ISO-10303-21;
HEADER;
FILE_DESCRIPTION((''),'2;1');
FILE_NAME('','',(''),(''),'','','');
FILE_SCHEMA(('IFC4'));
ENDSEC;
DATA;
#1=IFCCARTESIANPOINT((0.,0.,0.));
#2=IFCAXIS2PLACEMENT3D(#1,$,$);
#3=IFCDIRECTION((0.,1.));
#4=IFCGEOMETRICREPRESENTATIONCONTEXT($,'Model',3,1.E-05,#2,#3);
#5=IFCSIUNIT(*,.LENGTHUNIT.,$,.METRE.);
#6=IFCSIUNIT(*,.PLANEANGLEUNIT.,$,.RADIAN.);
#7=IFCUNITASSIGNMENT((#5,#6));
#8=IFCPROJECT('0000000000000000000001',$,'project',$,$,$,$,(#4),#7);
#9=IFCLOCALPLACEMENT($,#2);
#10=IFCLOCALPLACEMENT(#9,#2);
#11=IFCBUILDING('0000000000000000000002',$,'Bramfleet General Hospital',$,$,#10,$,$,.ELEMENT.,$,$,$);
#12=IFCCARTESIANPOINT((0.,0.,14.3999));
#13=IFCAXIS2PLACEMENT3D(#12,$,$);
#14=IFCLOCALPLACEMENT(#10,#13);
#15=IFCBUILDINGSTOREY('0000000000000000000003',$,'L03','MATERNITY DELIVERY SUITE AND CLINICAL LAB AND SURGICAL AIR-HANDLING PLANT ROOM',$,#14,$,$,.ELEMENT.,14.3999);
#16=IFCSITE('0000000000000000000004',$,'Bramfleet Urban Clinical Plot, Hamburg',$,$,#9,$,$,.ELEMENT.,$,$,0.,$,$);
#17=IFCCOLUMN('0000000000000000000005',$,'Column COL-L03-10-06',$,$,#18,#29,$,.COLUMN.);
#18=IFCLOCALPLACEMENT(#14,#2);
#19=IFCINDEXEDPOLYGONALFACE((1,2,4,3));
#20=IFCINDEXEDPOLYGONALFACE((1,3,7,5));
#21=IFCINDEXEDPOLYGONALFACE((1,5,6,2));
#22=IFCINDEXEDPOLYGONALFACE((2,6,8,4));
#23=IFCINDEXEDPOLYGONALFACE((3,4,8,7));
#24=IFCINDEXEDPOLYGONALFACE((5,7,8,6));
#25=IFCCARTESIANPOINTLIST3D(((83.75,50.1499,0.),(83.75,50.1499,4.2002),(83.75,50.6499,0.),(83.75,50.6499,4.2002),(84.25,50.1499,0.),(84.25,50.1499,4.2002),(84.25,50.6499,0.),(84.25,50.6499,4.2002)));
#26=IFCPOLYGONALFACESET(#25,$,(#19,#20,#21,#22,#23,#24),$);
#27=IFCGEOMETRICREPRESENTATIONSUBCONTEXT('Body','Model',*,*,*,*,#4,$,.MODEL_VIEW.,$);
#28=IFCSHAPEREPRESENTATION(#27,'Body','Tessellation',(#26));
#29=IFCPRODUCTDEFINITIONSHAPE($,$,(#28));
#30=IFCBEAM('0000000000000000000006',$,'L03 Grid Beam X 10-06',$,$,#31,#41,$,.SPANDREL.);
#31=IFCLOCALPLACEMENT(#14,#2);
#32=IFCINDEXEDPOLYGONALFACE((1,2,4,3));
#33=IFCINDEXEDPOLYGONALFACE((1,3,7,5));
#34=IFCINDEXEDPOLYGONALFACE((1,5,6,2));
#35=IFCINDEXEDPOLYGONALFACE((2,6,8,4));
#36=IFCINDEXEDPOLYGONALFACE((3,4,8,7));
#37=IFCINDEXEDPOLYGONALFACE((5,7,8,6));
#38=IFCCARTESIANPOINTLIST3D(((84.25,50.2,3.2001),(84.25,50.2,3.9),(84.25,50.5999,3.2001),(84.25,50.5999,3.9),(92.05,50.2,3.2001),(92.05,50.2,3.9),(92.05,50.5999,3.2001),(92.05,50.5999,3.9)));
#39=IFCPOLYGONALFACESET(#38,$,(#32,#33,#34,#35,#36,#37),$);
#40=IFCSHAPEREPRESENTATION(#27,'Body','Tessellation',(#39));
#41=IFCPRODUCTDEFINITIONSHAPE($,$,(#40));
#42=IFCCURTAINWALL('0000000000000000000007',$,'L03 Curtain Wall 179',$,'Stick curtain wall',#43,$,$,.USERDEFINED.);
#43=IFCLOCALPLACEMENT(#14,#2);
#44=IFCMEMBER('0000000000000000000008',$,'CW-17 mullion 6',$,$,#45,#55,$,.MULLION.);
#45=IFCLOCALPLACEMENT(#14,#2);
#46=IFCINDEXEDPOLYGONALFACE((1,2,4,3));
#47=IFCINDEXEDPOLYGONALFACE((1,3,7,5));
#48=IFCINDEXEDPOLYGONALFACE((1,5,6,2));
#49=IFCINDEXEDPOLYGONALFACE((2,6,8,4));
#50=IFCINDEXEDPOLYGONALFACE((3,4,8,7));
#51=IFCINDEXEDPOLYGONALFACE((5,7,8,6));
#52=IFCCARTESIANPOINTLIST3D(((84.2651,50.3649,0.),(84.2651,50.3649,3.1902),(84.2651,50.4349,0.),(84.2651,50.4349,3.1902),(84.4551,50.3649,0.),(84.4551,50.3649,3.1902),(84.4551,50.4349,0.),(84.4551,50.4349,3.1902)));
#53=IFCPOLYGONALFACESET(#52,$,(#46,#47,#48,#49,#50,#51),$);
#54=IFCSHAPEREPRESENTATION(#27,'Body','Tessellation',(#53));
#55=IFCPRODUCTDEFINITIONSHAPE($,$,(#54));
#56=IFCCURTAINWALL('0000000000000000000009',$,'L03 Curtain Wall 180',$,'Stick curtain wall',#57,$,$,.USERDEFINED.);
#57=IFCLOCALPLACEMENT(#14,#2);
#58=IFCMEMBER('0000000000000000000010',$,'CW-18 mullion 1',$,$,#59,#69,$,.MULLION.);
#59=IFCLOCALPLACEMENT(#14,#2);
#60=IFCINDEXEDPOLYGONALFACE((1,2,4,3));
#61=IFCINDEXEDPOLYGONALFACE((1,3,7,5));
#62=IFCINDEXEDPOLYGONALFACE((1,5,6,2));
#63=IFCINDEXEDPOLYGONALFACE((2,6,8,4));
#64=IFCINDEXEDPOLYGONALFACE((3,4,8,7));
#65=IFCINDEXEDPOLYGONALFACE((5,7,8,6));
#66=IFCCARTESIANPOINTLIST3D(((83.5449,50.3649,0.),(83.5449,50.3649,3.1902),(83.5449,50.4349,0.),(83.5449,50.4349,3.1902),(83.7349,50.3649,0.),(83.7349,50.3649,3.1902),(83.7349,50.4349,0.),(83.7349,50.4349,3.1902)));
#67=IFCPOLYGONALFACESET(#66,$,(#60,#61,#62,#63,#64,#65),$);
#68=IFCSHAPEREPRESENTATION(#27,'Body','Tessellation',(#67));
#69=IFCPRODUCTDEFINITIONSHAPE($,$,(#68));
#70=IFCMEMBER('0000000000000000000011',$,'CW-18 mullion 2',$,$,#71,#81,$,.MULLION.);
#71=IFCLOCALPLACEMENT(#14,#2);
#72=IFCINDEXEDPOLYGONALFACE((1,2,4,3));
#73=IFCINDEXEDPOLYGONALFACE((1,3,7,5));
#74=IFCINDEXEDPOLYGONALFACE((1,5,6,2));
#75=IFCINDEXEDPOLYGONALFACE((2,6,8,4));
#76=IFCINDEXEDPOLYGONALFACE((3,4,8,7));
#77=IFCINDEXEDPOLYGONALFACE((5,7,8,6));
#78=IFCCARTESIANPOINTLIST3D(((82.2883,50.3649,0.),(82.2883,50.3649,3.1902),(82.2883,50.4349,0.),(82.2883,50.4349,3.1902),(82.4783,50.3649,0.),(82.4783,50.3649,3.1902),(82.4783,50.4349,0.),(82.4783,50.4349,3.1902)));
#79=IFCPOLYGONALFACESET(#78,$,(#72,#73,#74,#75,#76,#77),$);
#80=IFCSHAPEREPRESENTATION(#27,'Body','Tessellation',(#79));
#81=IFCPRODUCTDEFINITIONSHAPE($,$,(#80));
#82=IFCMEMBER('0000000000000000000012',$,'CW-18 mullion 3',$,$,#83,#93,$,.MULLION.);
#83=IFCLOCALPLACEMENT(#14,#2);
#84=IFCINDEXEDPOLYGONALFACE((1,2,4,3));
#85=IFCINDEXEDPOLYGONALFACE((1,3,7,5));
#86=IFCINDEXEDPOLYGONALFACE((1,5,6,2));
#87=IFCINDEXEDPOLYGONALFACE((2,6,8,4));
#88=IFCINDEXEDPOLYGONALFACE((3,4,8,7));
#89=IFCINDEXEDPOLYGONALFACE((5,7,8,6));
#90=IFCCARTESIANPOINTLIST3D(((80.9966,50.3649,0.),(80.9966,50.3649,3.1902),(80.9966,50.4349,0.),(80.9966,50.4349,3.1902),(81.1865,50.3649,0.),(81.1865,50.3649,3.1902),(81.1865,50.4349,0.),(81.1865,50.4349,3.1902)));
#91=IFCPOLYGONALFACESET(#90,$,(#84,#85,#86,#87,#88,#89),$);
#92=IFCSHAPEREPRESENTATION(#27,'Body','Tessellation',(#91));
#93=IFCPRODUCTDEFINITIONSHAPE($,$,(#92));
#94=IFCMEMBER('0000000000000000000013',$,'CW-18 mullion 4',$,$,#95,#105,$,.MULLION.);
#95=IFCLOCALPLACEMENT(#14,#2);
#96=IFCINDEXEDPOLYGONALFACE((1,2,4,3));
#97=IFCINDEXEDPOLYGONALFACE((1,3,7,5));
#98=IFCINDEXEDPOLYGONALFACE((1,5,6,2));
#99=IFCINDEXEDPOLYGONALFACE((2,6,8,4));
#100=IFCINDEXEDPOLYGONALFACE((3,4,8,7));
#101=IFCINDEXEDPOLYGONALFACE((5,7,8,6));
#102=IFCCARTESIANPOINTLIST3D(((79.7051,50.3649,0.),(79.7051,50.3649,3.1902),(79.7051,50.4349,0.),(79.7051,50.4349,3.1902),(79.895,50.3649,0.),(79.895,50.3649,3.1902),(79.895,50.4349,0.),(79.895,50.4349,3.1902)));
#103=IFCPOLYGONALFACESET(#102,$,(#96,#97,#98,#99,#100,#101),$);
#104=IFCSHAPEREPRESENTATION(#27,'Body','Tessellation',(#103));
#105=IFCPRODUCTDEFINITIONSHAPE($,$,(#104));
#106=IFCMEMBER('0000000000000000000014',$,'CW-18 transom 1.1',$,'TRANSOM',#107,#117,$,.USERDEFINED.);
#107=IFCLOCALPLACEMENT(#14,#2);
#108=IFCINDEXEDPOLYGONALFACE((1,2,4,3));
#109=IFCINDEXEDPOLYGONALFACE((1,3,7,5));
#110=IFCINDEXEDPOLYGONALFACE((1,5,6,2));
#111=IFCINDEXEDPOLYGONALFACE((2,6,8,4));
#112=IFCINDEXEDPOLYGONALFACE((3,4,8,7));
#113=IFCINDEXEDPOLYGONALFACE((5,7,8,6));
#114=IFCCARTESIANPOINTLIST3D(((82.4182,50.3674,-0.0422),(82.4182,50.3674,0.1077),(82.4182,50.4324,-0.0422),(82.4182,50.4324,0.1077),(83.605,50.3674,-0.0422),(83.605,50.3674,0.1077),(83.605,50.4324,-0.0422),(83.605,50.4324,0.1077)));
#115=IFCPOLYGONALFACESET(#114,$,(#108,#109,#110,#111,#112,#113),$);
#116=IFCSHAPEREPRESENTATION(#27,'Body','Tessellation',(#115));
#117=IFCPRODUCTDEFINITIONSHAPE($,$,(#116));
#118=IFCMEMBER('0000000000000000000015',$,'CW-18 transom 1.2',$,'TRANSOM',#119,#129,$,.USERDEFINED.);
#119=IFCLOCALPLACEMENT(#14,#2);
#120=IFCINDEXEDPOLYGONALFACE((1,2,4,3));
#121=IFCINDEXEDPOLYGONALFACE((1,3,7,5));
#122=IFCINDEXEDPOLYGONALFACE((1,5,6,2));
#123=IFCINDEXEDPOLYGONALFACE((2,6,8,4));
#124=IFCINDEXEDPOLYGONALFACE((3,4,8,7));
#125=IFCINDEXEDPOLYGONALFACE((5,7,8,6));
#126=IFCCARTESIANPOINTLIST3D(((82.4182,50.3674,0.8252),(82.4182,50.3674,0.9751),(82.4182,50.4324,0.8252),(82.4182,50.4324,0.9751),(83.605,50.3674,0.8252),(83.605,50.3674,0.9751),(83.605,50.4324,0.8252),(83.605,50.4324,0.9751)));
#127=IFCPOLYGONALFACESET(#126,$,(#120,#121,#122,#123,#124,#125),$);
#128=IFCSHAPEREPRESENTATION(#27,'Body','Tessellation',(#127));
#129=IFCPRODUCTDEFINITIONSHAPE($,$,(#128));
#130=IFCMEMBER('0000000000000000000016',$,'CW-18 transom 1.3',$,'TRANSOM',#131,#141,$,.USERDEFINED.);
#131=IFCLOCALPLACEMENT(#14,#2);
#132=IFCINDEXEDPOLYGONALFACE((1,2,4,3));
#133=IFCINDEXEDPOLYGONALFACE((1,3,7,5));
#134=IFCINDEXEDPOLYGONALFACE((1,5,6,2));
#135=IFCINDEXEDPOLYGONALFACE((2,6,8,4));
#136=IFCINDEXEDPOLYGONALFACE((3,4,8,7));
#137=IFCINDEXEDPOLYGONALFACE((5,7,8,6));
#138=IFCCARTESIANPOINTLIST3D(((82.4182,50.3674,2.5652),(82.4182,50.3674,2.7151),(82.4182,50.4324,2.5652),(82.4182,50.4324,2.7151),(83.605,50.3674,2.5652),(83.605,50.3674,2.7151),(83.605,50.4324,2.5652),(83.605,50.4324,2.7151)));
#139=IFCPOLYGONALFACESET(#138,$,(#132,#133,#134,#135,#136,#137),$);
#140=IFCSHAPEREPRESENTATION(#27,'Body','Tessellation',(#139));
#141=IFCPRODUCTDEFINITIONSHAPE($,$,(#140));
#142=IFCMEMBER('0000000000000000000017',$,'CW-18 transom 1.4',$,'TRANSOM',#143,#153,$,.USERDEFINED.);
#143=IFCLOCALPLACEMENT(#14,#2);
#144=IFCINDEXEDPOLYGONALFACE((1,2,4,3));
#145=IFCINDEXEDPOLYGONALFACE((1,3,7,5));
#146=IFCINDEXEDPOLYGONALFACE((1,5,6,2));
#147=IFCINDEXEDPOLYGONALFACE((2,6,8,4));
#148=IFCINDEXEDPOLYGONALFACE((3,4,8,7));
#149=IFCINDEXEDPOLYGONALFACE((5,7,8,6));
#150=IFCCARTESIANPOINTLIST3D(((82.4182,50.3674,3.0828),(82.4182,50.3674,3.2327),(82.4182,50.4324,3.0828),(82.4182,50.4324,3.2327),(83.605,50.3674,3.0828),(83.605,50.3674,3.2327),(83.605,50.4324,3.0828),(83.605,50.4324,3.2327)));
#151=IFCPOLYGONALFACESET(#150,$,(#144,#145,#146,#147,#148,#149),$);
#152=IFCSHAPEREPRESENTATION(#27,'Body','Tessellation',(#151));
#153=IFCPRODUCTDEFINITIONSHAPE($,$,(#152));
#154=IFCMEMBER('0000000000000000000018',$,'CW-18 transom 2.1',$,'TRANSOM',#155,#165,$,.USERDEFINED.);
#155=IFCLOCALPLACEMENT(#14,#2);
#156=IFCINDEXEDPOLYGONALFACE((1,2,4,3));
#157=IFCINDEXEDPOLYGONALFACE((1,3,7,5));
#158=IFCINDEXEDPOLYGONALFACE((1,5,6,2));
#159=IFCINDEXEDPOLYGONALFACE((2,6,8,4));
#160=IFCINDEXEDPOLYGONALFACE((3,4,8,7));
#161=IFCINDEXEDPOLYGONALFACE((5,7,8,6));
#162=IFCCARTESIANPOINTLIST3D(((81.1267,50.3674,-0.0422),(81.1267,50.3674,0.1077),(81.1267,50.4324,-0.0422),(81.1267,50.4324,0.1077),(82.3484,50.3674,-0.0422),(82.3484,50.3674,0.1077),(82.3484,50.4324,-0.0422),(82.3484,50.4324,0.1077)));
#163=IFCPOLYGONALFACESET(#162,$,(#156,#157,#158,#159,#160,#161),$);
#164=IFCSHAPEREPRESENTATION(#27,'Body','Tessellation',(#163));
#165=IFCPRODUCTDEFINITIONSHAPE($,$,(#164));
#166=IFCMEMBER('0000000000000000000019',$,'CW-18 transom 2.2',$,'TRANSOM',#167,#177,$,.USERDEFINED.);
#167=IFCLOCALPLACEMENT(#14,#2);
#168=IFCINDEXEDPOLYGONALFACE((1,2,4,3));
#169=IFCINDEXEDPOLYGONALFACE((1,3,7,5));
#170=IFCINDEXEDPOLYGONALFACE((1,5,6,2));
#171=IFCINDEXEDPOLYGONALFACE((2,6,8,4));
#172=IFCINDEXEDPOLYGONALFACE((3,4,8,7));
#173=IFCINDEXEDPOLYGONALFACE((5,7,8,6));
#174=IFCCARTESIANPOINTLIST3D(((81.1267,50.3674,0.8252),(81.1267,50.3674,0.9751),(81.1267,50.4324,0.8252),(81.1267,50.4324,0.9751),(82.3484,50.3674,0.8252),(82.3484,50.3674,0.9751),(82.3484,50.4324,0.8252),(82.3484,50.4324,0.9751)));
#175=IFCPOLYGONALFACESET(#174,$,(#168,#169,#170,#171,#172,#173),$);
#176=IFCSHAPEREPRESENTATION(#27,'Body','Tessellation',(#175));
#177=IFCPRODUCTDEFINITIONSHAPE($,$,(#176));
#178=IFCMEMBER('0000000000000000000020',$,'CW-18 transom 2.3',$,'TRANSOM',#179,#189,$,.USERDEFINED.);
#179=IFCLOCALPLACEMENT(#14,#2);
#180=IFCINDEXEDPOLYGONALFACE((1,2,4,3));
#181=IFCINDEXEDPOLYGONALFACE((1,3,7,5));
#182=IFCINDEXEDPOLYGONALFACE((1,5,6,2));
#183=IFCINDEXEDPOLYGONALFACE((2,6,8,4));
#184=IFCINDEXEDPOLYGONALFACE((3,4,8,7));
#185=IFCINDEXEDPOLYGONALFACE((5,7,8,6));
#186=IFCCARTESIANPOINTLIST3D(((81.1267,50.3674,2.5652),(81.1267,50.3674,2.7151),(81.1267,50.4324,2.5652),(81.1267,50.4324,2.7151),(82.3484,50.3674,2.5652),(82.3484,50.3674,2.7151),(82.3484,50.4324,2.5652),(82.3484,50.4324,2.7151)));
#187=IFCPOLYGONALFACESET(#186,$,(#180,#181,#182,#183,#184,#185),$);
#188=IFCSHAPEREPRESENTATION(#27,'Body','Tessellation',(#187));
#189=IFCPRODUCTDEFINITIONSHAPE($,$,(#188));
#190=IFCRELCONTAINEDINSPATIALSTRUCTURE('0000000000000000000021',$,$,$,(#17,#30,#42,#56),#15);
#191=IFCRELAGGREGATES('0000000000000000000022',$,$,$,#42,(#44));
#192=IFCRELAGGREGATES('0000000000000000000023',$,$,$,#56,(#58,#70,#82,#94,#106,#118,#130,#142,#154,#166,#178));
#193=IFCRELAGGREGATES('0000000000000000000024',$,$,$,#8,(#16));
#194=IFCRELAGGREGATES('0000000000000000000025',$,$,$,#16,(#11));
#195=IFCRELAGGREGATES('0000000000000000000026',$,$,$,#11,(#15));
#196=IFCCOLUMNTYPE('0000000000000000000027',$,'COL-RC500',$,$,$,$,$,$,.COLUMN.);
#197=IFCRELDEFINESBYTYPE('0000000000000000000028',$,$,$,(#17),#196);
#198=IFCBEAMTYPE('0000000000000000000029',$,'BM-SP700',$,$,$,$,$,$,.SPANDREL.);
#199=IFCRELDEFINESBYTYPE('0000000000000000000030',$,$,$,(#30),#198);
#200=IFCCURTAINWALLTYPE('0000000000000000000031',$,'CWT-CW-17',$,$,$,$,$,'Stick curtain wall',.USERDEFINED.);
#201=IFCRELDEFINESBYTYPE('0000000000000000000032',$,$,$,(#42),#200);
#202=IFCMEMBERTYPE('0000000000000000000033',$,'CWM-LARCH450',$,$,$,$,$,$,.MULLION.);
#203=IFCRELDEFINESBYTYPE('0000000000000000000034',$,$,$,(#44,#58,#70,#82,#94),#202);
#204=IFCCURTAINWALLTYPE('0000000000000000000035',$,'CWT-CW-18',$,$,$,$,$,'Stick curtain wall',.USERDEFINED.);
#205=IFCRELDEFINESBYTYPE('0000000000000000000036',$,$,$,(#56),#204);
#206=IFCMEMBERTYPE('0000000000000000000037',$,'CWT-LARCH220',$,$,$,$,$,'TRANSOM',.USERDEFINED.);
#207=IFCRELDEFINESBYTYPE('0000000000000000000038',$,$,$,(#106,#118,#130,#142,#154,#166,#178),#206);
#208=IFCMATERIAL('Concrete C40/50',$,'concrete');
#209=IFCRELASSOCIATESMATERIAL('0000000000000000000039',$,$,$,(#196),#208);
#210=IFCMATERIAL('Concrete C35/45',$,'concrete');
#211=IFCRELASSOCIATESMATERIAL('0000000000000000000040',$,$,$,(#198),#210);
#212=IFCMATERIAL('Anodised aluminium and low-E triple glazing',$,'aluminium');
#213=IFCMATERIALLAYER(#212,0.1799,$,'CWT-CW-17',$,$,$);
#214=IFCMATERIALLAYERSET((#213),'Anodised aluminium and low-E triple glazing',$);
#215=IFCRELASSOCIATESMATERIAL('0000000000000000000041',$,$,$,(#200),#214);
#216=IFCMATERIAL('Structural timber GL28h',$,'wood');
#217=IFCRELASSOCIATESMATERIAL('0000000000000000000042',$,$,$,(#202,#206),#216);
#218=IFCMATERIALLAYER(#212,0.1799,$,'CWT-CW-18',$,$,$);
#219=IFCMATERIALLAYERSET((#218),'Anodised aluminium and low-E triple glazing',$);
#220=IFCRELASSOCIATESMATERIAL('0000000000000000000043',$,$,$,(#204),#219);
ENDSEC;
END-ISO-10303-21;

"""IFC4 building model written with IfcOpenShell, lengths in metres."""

from ifc_helpers import new_model, si_unit, direction, frame, origin, origin_2d, place, context, subcontext, project, spatial, rectangle, extrude, material, layer, layer_set, material_profile, profile_set, type_object, element, aggregate, save


model = new_model("IFC4")

# Units and contexts
model_context = context("Model", 3, precision=1e-05, world=origin(), true_north=direction((0.0, 1.0)))
body_context = subcontext(model_context, "Body", "Model", "MODEL_VIEW")
ifc_project = project(units=[si_unit("LENGTHUNIT", "METRE"), si_unit("PLANEANGLEUNIT", "RADIAN")], contexts=[model_context])

# Site, building, storey
site_placement = place(None, origin())
site = spatial("IfcSite", under=ifc_project, at=site_placement, Name="Bramfleet Urban Clinical Plot, Hamburg", CompositionType="ELEMENT", RefElevation=0.0)
building_placement = place(site_placement, origin())
building = spatial("IfcBuilding", under=site, at=building_placement, Name="Bramfleet General Hospital", CompositionType="ELEMENT")
storey_placement = place(building_placement, frame((0.0, 0.0, 14.3999)))
storey = spatial("IfcBuildingStorey", under=building, at=storey_placement, Name="L03", Description="MATERNITY DELIVERY SUITE AND CLINICAL LAB AND SURGICAL AIR-HANDLING PLANT ROOM", CompositionType="ELEMENT", Elevation=14.3999)

# Column
ifc_material_1 = material(Name="Concrete C40/50", Category="concrete")
ifc_material_profile_1 = material_profile(ifc_material_1, rectangle(XDim=0.5, YDim=0.5, at=origin_2d()), Name="RC COL 500x500")
ifc_profile_set_1 = profile_set([ifc_material_profile_1], Name="Concrete C40/50")
column_type = type_object("IfcColumnType", Name="COL-RC500", PredefinedType="COLUMN", material=ifc_profile_set_1)
column_placement = place(storey_placement, frame((84.0, 50.3999, 0.0), z_axis=(0.0, 0.0, 1.0), x_axis=(1.0, 0.0, 0.0)))
element("IfcColumn", 1, at=column_placement, inside=storey, type_object=column_type, Name="Column COL-L03-10-06", PredefinedType="COLUMN", context=body_context, shape_type="SweptSolid", body=[
    extrude(rectangle(XDim=0.5, YDim=0.5, at=origin_2d()), origin(), (0.0, 0.0, 1.0), 4.2002),
])

# Beam
ifc_material_2 = material(Name="Concrete C35/45", Category="concrete")
ifc_material_profile_2 = material_profile(ifc_material_2, rectangle(XDim=0.3999, YDim=0.7, at=origin_2d()), Name="RC SP 700x400")
ifc_profile_set_2 = profile_set([ifc_material_profile_2], Name="Concrete C35/45")
beam_type = type_object("IfcBeamType", Name="BM-SP700", PredefinedType="SPANDREL", material=ifc_profile_set_2)
beam_placement = place(storey_placement, frame((84.25, 50.3999, 3.55), z_axis=(1.0, 0.0, 0.0), x_axis=(0.0, 1.0, 0.0)))
element("IfcBeam", 2, at=beam_placement, inside=storey, type_object=beam_type, Name="L03 Grid Beam X 10-06", PredefinedType="SPANDREL", context=body_context, shape_type="SweptSolid", body=[
    extrude(rectangle(XDim=0.3999, YDim=0.7, at=origin_2d()), origin(), (0.0, 0.0, 1.0), 7.8),
])

# Curtain wall, member
ifc_material_3 = material(Name="Anodised aluminium and low-E triple glazing", Category="aluminium")
ifc_layer_1 = layer(ifc_material_3, 0.1799, Name="CWT-CW-17")
ifc_layer_set_1 = layer_set([ifc_layer_1], Name="Anodised aluminium and low-E triple glazing")
curtain_wall_type_1 = type_object("IfcCurtainWallType", Name="CWT-CW-17", ElementType="Stick curtain wall", PredefinedType="USERDEFINED", material=ifc_layer_set_1)
curtain_wall_1_placement = place(storey_placement, origin())
curtain_wall_1 = element("IfcCurtainWall", 3, at=curtain_wall_1_placement, inside=storey, type_object=curtain_wall_type_1, Name="L03 Curtain Wall 179", ObjectType="Stick curtain wall", PredefinedType="USERDEFINED")
ifc_material_4 = material(Name="Structural timber GL28h", Category="wood")
ifc_material_profile_3 = material_profile(ifc_material_4, rectangle(XDim=0.0701, YDim=0.1899, at=origin_2d()), Name="LARCH 190x70")
ifc_profile_set_3 = profile_set([ifc_material_profile_3], Name="Structural timber GL28h")
member_type_1 = type_object("IfcMemberType", Name="CWM-LARCH450", PredefinedType="MULLION", material=ifc_profile_set_3)
member_1_placement = place(storey_placement, frame((84.3601, 50.3999, 0.0), z_axis=(0.0, 0.0, 1.0), x_axis=(0.0, -1.0, 0.0)))
member_1 = element("IfcMember", 4, at=member_1_placement, type_object=member_type_1, Name="CW-17 mullion 6", PredefinedType="MULLION", context=body_context, shape_type="SweptSolid", body=[
    extrude(rectangle(XDim=0.0701, YDim=0.1899, at=origin_2d()), origin(), (0.0, 0.0, 1.0), 3.1902),
])

# Curtain wall, members
ifc_layer_2 = layer(ifc_material_3, 0.1799, Name="CWT-CW-18")
ifc_layer_set_2 = layer_set([ifc_layer_2], Name="Anodised aluminium and low-E triple glazing")
curtain_wall_type_2 = type_object("IfcCurtainWallType", Name="CWT-CW-18", ElementType="Stick curtain wall", PredefinedType="USERDEFINED", material=ifc_layer_set_2)
curtain_wall_2_placement = place(storey_placement, origin())
curtain_wall_2 = element("IfcCurtainWall", 5, at=curtain_wall_2_placement, inside=storey, type_object=curtain_wall_type_2, Name="L03 Curtain Wall 180", ObjectType="Stick curtain wall", PredefinedType="USERDEFINED")
member_2_placement = place(storey_placement, frame((83.6399, 50.3999, 0.0), z_axis=(0.0, 0.0, 1.0), x_axis=(0.0, -1.0, 0.0)))
member_2 = element("IfcMember", 6, at=member_2_placement, type_object=member_type_1, Name="CW-18 mullion 1", PredefinedType="MULLION", context=body_context, shape_type="SweptSolid", body=[
    extrude(rectangle(XDim=0.0701, YDim=0.1899, at=origin_2d()), origin(), (0.0, 0.0, 1.0), 3.1902),
])
member_3_placement = place(storey_placement, frame((82.3833, 50.3999, 0.0), z_axis=(0.0, 0.0, 1.0), x_axis=(0.0, -1.0, 0.0)))
member_3 = element("IfcMember", 7, at=member_3_placement, type_object=member_type_1, Name="CW-18 mullion 2", PredefinedType="MULLION", context=body_context, shape_type="SweptSolid", body=[
    extrude(rectangle(XDim=0.0701, YDim=0.1899, at=origin_2d()), origin(), (0.0, 0.0, 1.0), 3.1902),
])
member_4_placement = place(storey_placement, frame((81.0916, 50.3999, 0.0), z_axis=(0.0, 0.0, 1.0), x_axis=(0.0, -1.0, 0.0)))
member_4 = element("IfcMember", 8, at=member_4_placement, type_object=member_type_1, Name="CW-18 mullion 3", PredefinedType="MULLION", context=body_context, shape_type="SweptSolid", body=[
    extrude(rectangle(XDim=0.0701, YDim=0.1899, at=origin_2d()), origin(), (0.0, 0.0, 1.0), 3.1902),
])
member_5_placement = place(storey_placement, frame((79.8, 50.3999, 0.0), z_axis=(0.0, 0.0, 1.0), x_axis=(0.0, -1.0, 0.0)))
member_5 = element("IfcMember", 9, at=member_5_placement, type_object=member_type_1, Name="CW-18 mullion 4", PredefinedType="MULLION", context=body_context, shape_type="SweptSolid", body=[
    extrude(rectangle(XDim=0.0701, YDim=0.1899, at=origin_2d()), origin(), (0.0, 0.0, 1.0), 3.1902),
])
ifc_material_profile_4 = material_profile(ifc_material_4, rectangle(XDim=0.0649, YDim=0.1499, at=origin_2d()), Name="LARCH 150x65")
ifc_profile_set_4 = profile_set([ifc_material_profile_4], Name="Structural timber GL28h")
member_type_2 = type_object("IfcMemberType", Name="CWT-LARCH220", ElementType="TRANSOM", PredefinedType="USERDEFINED", material=ifc_profile_set_4)
member_6_placement = place(storey_placement, frame((83.605, 50.3999, 0.0327), z_axis=(-1.0, 0.0, 0.0), x_axis=(0.0, -1.0, 0.0)))
member_6 = element("IfcMember", 10, at=member_6_placement, type_object=member_type_2, Name="CW-18 transom 1.1", ObjectType="TRANSOM", PredefinedType="USERDEFINED", context=body_context, shape_type="SweptSolid", body=[
    extrude(rectangle(XDim=0.0649, YDim=0.1499, at=origin_2d()), origin(), (0.0, 0.0, 1.0), 1.1868),
])
member_7_placement = place(storey_placement, frame((83.605, 50.3999, 0.9001), z_axis=(-1.0, 0.0, 0.0), x_axis=(0.0, -1.0, 0.0)))
member_7 = element("IfcMember", 11, at=member_7_placement, type_object=member_type_2, Name="CW-18 transom 1.2", ObjectType="TRANSOM", PredefinedType="USERDEFINED", context=body_context, shape_type="SweptSolid", body=[
    extrude(rectangle(XDim=0.0649, YDim=0.1499, at=origin_2d()), origin(), (0.0, 0.0, 1.0), 1.1868),
])
member_8_placement = place(storey_placement, frame((83.605, 50.3999, 2.6401), z_axis=(-1.0, 0.0, 0.0), x_axis=(0.0, -1.0, 0.0)))
member_8 = element("IfcMember", 12, at=member_8_placement, type_object=member_type_2, Name="CW-18 transom 1.3", ObjectType="TRANSOM", PredefinedType="USERDEFINED", context=body_context, shape_type="SweptSolid", body=[
    extrude(rectangle(XDim=0.0649, YDim=0.1499, at=origin_2d()), origin(), (0.0, 0.0, 1.0), 1.1868),
])
member_9_placement = place(storey_placement, frame((83.605, 50.3999, 3.1577), z_axis=(-1.0, 0.0, 0.0), x_axis=(0.0, -1.0, 0.0)))
member_9 = element("IfcMember", 13, at=member_9_placement, type_object=member_type_2, Name="CW-18 transom 1.4", ObjectType="TRANSOM", PredefinedType="USERDEFINED", context=body_context, shape_type="SweptSolid", body=[
    extrude(rectangle(XDim=0.0649, YDim=0.1499, at=origin_2d()), origin(), (0.0, 0.0, 1.0), 1.1868),
])
member_10_placement = place(storey_placement, frame((82.3484, 50.3999, 0.0327), z_axis=(-1.0, 0.0, 0.0), x_axis=(0.0, -1.0, 0.0)))
member_10 = element("IfcMember", 14, at=member_10_placement, type_object=member_type_2, Name="CW-18 transom 2.1", ObjectType="TRANSOM", PredefinedType="USERDEFINED", context=body_context, shape_type="SweptSolid", body=[
    extrude(rectangle(XDim=0.0649, YDim=0.1499, at=origin_2d()), origin(), (0.0, 0.0, 1.0), 1.2217),
])
member_11_placement = place(storey_placement, frame((82.3484, 50.3999, 0.9001), z_axis=(-1.0, 0.0, 0.0), x_axis=(0.0, -1.0, 0.0)))
member_11 = element("IfcMember", 15, at=member_11_placement, type_object=member_type_2, Name="CW-18 transom 2.2", ObjectType="TRANSOM", PredefinedType="USERDEFINED", context=body_context, shape_type="SweptSolid", body=[
    extrude(rectangle(XDim=0.0649, YDim=0.1499, at=origin_2d()), origin(), (0.0, 0.0, 1.0), 1.2217),
])
member_12_placement = place(storey_placement, frame((82.3484, 50.3999, 2.6401), z_axis=(-1.0, 0.0, 0.0), x_axis=(0.0, -1.0, 0.0)))
member_12 = element("IfcMember", 16, at=member_12_placement, type_object=member_type_2, Name="CW-18 transom 2.3", ObjectType="TRANSOM", PredefinedType="USERDEFINED", context=body_context, shape_type="SweptSolid", body=[
    extrude(rectangle(XDim=0.0649, YDim=0.1499, at=origin_2d()), origin(), (0.0, 0.0, 1.0), 1.2217),
])

aggregate(curtain_wall_1, [member_1])
aggregate(curtain_wall_2, [member_2, member_3, member_4, member_5, member_6, member_7, member_8, member_9, member_10, member_11, member_12])

save(model, "model.ifc")
